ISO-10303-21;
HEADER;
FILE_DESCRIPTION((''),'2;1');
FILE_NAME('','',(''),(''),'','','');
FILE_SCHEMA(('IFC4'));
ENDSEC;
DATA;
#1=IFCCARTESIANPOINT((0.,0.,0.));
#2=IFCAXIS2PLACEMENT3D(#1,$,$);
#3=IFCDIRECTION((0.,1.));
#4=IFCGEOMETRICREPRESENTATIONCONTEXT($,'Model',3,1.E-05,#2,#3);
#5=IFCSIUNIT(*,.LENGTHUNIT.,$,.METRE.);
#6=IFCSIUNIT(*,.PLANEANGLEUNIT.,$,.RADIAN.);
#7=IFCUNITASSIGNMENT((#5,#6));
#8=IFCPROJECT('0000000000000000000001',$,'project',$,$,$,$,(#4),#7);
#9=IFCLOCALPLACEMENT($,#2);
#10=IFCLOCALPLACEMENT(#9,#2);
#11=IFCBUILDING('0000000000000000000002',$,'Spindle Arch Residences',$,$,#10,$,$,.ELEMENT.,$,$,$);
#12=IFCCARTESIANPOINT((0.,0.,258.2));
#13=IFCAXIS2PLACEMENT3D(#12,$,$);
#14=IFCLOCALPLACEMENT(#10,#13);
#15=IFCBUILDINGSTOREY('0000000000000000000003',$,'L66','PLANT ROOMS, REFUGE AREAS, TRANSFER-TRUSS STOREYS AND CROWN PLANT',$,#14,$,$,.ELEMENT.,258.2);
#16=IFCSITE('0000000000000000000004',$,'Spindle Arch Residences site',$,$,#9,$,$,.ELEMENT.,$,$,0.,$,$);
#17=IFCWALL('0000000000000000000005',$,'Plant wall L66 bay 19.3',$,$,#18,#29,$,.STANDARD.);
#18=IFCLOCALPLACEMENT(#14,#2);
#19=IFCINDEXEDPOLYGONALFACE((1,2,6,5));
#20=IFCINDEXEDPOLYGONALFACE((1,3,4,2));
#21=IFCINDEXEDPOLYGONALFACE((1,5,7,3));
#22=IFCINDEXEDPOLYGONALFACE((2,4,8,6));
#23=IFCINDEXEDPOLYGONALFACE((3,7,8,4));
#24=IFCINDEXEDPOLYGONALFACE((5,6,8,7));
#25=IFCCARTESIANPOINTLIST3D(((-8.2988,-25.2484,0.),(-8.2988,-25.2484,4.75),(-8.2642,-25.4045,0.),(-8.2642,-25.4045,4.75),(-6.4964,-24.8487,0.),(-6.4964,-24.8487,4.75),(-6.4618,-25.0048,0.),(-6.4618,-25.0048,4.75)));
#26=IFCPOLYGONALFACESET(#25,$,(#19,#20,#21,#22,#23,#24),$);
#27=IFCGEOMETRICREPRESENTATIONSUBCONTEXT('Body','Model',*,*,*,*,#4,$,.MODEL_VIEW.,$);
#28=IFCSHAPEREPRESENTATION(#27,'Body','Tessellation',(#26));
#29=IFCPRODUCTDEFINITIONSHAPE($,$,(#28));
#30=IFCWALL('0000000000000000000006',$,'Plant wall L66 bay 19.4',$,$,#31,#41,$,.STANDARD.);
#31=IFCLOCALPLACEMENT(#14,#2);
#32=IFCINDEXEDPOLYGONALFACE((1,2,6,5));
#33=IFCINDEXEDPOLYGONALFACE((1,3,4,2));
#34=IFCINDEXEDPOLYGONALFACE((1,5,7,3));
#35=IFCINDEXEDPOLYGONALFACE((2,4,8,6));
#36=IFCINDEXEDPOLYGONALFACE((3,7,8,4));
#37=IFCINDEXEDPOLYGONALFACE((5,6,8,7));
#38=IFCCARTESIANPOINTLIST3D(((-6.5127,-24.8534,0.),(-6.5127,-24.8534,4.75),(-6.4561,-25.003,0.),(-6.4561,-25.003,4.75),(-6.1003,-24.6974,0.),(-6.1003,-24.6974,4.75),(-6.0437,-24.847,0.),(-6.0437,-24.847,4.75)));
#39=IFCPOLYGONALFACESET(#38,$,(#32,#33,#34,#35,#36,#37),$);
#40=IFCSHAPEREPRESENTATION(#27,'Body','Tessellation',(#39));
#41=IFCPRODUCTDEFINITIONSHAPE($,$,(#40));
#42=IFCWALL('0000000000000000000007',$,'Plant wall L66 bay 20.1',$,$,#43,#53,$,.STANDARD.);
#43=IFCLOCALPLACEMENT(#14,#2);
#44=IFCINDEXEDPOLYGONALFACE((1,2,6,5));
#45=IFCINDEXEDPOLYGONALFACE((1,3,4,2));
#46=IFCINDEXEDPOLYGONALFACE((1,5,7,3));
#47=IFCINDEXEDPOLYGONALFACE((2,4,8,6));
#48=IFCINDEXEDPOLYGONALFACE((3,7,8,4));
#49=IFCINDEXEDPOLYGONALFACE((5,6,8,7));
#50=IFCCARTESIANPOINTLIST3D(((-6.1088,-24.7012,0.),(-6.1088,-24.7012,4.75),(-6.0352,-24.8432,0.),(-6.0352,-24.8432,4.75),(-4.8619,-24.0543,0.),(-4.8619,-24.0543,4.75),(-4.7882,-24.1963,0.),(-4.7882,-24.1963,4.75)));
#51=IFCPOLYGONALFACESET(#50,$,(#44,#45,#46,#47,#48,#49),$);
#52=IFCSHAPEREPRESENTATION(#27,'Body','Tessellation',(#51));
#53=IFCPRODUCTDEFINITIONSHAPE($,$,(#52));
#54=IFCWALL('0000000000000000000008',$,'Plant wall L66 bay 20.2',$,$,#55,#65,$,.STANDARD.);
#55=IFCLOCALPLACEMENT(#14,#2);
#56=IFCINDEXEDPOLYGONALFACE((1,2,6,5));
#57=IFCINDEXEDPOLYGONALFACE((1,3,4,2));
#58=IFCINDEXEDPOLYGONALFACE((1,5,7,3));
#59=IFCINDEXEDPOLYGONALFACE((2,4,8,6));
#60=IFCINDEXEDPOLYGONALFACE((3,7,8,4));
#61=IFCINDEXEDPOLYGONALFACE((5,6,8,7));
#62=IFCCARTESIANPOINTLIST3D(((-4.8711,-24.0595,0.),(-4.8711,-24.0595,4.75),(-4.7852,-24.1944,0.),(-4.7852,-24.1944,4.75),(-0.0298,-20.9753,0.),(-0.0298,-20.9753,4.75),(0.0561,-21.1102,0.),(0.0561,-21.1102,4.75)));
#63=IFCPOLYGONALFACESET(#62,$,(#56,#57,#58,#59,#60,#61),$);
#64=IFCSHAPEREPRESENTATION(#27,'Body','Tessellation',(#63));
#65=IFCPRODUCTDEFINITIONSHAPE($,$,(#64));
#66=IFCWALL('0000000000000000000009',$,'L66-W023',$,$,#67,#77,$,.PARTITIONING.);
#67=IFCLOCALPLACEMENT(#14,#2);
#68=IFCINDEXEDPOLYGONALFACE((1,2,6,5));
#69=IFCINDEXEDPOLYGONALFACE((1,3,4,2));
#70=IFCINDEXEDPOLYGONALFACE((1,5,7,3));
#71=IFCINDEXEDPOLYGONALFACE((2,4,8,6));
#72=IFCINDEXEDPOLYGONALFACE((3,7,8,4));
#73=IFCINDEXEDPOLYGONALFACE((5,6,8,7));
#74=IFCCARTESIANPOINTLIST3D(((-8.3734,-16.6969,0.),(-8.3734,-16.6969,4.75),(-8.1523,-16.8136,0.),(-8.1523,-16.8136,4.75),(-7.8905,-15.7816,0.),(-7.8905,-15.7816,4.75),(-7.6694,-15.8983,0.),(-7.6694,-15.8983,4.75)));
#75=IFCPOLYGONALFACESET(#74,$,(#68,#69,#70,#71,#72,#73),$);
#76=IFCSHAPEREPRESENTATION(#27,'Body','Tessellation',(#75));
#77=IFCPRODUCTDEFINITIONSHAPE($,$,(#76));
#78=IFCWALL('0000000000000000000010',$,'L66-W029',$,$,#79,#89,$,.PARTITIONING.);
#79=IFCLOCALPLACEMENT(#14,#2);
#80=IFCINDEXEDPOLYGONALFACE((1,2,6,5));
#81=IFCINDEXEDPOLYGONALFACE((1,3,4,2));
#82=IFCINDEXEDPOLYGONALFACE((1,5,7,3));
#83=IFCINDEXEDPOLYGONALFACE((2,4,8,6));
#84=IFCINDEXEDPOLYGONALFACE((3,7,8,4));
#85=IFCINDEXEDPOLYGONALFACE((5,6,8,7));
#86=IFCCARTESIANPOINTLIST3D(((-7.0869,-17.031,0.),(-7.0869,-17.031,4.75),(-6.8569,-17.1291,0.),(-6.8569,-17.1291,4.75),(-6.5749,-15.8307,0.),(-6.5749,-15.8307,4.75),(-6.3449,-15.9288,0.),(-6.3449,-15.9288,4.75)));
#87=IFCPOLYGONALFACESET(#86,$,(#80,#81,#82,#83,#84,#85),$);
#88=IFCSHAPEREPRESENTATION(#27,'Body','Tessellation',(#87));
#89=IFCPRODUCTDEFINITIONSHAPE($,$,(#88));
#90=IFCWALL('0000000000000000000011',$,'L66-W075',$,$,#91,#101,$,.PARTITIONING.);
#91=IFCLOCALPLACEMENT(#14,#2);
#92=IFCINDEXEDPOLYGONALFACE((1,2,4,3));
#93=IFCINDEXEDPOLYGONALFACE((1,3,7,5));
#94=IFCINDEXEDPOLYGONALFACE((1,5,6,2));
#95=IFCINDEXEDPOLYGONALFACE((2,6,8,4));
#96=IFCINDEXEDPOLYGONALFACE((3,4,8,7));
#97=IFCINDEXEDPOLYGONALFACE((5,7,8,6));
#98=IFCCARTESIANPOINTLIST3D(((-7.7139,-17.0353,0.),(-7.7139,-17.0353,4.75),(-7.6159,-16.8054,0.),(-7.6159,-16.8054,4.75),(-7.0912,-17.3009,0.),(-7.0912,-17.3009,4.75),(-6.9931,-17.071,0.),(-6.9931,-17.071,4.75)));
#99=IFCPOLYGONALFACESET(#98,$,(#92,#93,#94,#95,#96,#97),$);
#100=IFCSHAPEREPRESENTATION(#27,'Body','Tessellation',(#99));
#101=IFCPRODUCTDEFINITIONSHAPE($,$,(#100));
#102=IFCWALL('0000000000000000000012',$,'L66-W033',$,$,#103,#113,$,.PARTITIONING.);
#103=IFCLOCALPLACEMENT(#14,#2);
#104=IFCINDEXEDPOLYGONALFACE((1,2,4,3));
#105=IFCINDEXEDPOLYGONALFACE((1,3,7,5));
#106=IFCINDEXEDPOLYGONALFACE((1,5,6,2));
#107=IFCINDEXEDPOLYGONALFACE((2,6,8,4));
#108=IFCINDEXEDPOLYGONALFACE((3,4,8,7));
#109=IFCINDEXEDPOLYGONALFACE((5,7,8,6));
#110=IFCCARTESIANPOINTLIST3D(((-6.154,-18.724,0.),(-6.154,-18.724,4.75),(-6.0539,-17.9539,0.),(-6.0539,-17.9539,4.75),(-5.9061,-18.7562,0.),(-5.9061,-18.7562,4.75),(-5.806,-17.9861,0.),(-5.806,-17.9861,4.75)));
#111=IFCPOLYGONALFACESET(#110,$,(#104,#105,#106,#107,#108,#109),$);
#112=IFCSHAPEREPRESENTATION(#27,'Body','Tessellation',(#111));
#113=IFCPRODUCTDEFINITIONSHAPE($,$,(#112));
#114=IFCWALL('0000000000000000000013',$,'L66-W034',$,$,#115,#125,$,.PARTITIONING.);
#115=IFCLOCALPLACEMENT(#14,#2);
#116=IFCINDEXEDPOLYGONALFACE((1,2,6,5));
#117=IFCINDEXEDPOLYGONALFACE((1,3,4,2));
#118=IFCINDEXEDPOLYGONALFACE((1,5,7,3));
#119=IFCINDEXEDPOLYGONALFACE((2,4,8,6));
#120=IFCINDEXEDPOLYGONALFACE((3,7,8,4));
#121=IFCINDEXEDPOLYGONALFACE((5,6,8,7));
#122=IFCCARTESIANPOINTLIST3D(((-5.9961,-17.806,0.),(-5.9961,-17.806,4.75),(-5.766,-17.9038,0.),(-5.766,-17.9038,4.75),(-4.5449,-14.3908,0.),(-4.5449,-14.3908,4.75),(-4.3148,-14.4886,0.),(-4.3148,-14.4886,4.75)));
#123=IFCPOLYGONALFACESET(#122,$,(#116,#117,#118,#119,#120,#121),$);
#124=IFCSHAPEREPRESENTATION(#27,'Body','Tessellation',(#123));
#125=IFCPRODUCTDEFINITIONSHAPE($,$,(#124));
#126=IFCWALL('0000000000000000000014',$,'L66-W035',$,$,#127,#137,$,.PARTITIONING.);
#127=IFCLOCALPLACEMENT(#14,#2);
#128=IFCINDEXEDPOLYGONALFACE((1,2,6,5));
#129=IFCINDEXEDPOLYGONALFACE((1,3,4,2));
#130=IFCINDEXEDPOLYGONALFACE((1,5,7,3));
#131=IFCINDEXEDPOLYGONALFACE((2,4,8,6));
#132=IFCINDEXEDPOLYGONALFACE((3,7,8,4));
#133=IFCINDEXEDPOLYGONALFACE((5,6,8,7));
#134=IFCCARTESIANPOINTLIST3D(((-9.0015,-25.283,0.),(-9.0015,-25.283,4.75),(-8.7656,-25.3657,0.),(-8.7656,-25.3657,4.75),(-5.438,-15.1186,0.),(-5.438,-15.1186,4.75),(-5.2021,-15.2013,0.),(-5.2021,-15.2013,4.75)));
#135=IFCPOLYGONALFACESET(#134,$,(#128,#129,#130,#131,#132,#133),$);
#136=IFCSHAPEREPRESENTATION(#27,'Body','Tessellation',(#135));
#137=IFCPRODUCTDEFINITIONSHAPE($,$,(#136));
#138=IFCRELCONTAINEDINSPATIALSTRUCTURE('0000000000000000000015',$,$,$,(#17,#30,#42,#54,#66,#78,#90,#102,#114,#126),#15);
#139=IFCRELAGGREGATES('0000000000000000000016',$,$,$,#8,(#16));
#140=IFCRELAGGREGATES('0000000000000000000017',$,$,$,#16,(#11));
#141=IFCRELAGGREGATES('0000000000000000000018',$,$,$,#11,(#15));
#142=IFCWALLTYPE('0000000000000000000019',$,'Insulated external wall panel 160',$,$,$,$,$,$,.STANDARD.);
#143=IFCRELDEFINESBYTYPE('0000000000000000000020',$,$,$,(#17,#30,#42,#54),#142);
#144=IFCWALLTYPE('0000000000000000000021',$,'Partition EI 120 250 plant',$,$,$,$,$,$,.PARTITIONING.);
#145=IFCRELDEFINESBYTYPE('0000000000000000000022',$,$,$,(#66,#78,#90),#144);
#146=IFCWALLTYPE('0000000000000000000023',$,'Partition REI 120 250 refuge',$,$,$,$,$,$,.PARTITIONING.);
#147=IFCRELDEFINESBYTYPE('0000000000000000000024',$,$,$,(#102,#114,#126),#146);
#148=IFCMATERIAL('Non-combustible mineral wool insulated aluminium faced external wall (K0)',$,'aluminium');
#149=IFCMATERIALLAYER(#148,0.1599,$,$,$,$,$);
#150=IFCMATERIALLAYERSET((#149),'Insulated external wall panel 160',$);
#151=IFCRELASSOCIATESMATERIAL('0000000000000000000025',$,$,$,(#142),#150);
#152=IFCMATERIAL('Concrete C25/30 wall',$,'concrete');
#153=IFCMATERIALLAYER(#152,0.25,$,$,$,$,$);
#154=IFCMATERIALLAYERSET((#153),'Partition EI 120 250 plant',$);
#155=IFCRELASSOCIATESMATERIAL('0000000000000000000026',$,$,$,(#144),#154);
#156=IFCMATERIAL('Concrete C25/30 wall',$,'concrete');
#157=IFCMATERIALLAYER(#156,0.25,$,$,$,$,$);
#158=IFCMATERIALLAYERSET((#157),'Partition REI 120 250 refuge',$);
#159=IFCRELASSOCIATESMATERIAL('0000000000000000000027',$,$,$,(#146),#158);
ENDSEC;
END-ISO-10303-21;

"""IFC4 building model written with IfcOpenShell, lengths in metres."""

from ifc_helpers import new_model, si_unit, direction, frame, frame_2d, origin, place, context, subcontext, project, spatial, rectangle, extrude, material, layer, layer_set, type_object, element, save


model = new_model("IFC4")

# Units and contexts
model_context = context("Model", 3, precision=1e-05, world=origin(), true_north=direction((0.0, 1.0)))
body_context = subcontext(model_context, "Body", "Model", "MODEL_VIEW")
ifc_project = project(units=[si_unit("LENGTHUNIT", "METRE"), si_unit("PLANEANGLEUNIT", "RADIAN")], contexts=[model_context])

# Site, building, storey
site_placement = place(None, origin())
site = spatial("IfcSite", under=ifc_project, at=site_placement, Name="Spindle Arch Residences site", CompositionType="ELEMENT", RefElevation=0.0)
building_placement = place(site_placement, origin())
building = spatial("IfcBuilding", under=site, at=building_placement, Name="Spindle Arch Residences", CompositionType="ELEMENT")
storey_placement = place(building_placement, frame((0.0, 0.0, 258.2)))
storey = spatial("IfcBuildingStorey", under=building, at=storey_placement, Name="L66", Description="PLANT ROOMS, REFUGE AREAS, TRANSFER-TRUSS STOREYS AND CROWN PLANT", CompositionType="ELEMENT", Elevation=258.2)

# Walls
ifc_material_1 = material(Name="Non-combustible mineral wool insulated aluminium faced external wall (K0)", Category="aluminium")
ifc_layer_1 = layer(ifc_material_1, 0.1599)
ifc_layer_set_1 = layer_set([ifc_layer_1], Name="Insulated external wall panel 160")
wall_type_1 = type_object("IfcWallType", Name="Insulated external wall panel 160", PredefinedType="STANDARD", material=ifc_layer_set_1)
wall_1_placement = place(storey_placement, frame((-8.2815, -25.3264, 0.0), z_axis=(0.0, 0.0, 1.0), x_axis=(0.97629, 0.216468, 0.0)))
element("IfcWall", 1, at=wall_1_placement, inside=storey, type_object=wall_type_1, Name="Plant wall L66 bay 19.3", PredefinedType="STANDARD", context=body_context, shape_type="SweptSolid", body=[
    extrude(rectangle(XDim=1.8462, YDim=0.1599, at=frame_2d((0.9231, 0.0))), origin(), (0.0, 0.0, 1.0), 4.75),
])
wall_2_placement = place(storey_placement, frame((-6.4844, -24.9282, 0.0), z_axis=(0.0, 0.0, 1.0), x_axis=(0.935301, 0.353853, 0.0)))
element("IfcWall", 2, at=wall_2_placement, inside=storey, type_object=wall_type_1, Name="Plant wall L66 bay 19.4", PredefinedType="STANDARD", context=body_context, shape_type="SweptSolid", body=[
    extrude(rectangle(XDim=0.4409, YDim=0.1599, at=frame_2d((0.2205, 0.0))), origin(), (0.0, 0.0, 1.0), 4.75),
])
wall_3_placement = place(storey_placement, frame((-6.072, -24.7722, 0.0), z_axis=(0.0, 0.0, 1.0), x_axis=(0.887655, 0.46051, 0.0)))
element("IfcWall", 3, at=wall_3_placement, inside=storey, type_object=wall_type_1, Name="Plant wall L66 bay 20.1", PredefinedType="STANDARD", context=body_context, shape_type="SweptSolid", body=[
    extrude(rectangle(XDim=1.4048, YDim=0.1599, at=frame_2d((0.7024, 0.0))), origin(), (0.0, 0.0, 1.0), 4.75),
])
wall_4_placement = place(storey_placement, frame((-4.8281, -24.127, 0.0), z_axis=(0.0, 0.0, 1.0), x_axis=(0.843393, 0.537296, 0.0)))
element("IfcWall", 4, at=wall_4_placement, inside=storey, type_object=wall_type_1, Name="Plant wall L66 bay 20.2", PredefinedType="STANDARD", context=body_context, shape_type="SweptSolid", body=[
    extrude(rectangle(XDim=5.7402, YDim=0.1599, at=frame_2d((2.8701, 0.0))), origin(), (0.0, 0.0, 1.0), 4.75),
])
ifc_material_2 = material(Name="Concrete C25/30 wall", Category="concrete")
ifc_layer_2 = layer(ifc_material_2, 0.25)
ifc_layer_set_2 = layer_set([ifc_layer_2], Name="Partition EI 120 250 plant")
wall_type_2 = type_object("IfcWallType", Name="Partition EI 120 250 plant", PredefinedType="PARTITIONING", material=ifc_layer_set_2)
wall_5_placement = place(storey_placement, frame((-8.2629, -16.7554, 0.0), z_axis=(0.0, 0.0, 1.0), x_axis=(0.466641, 0.884447, 0.0)))
element("IfcWall", 5, at=wall_5_placement, inside=storey, type_object=wall_type_2, Name="L66-W023", PredefinedType="PARTITIONING", context=body_context, shape_type="SweptSolid", body=[
    extrude(rectangle(XDim=1.0349, YDim=0.25, at=frame_2d((0.5176, 0.0))), origin(), (0.0, 0.0, 1.0), 4.75),
])
wall_6_placement = place(storey_placement, frame((-6.46, -15.8799, 0.0), z_axis=(0.0, 0.0, 1.0), x_axis=(-0.392361, -0.919811, 0.0)))
element("IfcWall", 6, at=wall_6_placement, inside=storey, type_object=wall_type_2, Name="L66-W029", PredefinedType="PARTITIONING", context=body_context, shape_type="SweptSolid", body=[
    extrude(rectangle(XDim=1.3049, YDim=0.25, at=frame_2d((0.6523, 0.0))), origin(), (0.0, 0.0, 1.0), 4.75),
])
wall_7_placement = place(storey_placement, frame((-7.6648, -16.9204, 0.0), z_axis=(0.0, 0.0, 1.0), x_axis=(0.919834, -0.392309, 0.0)))
element("IfcWall", 7, at=wall_7_placement, inside=storey, type_object=wall_type_2, Name="L66-W075", PredefinedType="PARTITIONING", context=body_context, shape_type="SweptSolid", body=[
    extrude(rectangle(XDim=0.677, YDim=0.25, at=frame_2d((0.3384, 0.0))), origin(), (0.0, 0.0, 1.0), 4.75),
])
ifc_material_3 = material(Name="Concrete C25/30 wall", Category="concrete")
ifc_layer_3 = layer(ifc_material_3, 0.25)
ifc_layer_set_3 = layer_set([ifc_layer_3], Name="Partition REI 120 250 refuge")
wall_type_3 = type_object("IfcWallType", Name="Partition REI 120 250 refuge", PredefinedType="PARTITIONING", material=ifc_layer_set_3)
wall_8_placement = place(storey_placement, frame((-6.03, -18.74, 0.0), z_axis=(0.0, 0.0, 1.0), x_axis=(0.128909, 0.991656, 0.0)))
element("IfcWall", 8, at=wall_8_placement, inside=storey, type_object=wall_type_3, Name="L66-W033", PredefinedType="PARTITIONING", context=body_context, shape_type="SweptSolid", body=[
    extrude(rectangle(XDim=0.7766, YDim=0.25, at=frame_2d((0.3882, 0.0))), origin(), (0.0, 0.0, 1.0), 4.75),
])
wall_9_placement = place(storey_placement, frame((-5.8811, -17.855, 0.0), z_axis=(0.0, 0.0, 1.0), x_axis=(0.39109, 0.920352, 0.0)))
element("IfcWall", 9, at=wall_9_placement, inside=storey, type_object=wall_type_3, Name="L66-W034", PredefinedType="PARTITIONING", context=body_context, shape_type="SweptSolid", body=[
    extrude(rectangle(XDim=3.7107, YDim=0.25, at=frame_2d((1.8555, 0.0))), origin(), (0.0, 0.0, 1.0), 4.75),
])
wall_10_placement = place(storey_placement, frame((-5.3201, -15.1599, 0.0), z_axis=(0.0, 0.0, 1.0), x_axis=(-0.330837, -0.943688, 0.0)))
element("IfcWall", 10, at=wall_10_placement, inside=storey, type_object=wall_type_3, Name="L66-W035", PredefinedType="PARTITIONING", context=body_context, shape_type="SweptSolid", body=[
    extrude(rectangle(XDim=10.771, YDim=0.25, at=frame_2d((5.3855, 0.0))), origin(), (0.0, 0.0, 1.0), 4.75),
])

save(model, "model.ifc")
